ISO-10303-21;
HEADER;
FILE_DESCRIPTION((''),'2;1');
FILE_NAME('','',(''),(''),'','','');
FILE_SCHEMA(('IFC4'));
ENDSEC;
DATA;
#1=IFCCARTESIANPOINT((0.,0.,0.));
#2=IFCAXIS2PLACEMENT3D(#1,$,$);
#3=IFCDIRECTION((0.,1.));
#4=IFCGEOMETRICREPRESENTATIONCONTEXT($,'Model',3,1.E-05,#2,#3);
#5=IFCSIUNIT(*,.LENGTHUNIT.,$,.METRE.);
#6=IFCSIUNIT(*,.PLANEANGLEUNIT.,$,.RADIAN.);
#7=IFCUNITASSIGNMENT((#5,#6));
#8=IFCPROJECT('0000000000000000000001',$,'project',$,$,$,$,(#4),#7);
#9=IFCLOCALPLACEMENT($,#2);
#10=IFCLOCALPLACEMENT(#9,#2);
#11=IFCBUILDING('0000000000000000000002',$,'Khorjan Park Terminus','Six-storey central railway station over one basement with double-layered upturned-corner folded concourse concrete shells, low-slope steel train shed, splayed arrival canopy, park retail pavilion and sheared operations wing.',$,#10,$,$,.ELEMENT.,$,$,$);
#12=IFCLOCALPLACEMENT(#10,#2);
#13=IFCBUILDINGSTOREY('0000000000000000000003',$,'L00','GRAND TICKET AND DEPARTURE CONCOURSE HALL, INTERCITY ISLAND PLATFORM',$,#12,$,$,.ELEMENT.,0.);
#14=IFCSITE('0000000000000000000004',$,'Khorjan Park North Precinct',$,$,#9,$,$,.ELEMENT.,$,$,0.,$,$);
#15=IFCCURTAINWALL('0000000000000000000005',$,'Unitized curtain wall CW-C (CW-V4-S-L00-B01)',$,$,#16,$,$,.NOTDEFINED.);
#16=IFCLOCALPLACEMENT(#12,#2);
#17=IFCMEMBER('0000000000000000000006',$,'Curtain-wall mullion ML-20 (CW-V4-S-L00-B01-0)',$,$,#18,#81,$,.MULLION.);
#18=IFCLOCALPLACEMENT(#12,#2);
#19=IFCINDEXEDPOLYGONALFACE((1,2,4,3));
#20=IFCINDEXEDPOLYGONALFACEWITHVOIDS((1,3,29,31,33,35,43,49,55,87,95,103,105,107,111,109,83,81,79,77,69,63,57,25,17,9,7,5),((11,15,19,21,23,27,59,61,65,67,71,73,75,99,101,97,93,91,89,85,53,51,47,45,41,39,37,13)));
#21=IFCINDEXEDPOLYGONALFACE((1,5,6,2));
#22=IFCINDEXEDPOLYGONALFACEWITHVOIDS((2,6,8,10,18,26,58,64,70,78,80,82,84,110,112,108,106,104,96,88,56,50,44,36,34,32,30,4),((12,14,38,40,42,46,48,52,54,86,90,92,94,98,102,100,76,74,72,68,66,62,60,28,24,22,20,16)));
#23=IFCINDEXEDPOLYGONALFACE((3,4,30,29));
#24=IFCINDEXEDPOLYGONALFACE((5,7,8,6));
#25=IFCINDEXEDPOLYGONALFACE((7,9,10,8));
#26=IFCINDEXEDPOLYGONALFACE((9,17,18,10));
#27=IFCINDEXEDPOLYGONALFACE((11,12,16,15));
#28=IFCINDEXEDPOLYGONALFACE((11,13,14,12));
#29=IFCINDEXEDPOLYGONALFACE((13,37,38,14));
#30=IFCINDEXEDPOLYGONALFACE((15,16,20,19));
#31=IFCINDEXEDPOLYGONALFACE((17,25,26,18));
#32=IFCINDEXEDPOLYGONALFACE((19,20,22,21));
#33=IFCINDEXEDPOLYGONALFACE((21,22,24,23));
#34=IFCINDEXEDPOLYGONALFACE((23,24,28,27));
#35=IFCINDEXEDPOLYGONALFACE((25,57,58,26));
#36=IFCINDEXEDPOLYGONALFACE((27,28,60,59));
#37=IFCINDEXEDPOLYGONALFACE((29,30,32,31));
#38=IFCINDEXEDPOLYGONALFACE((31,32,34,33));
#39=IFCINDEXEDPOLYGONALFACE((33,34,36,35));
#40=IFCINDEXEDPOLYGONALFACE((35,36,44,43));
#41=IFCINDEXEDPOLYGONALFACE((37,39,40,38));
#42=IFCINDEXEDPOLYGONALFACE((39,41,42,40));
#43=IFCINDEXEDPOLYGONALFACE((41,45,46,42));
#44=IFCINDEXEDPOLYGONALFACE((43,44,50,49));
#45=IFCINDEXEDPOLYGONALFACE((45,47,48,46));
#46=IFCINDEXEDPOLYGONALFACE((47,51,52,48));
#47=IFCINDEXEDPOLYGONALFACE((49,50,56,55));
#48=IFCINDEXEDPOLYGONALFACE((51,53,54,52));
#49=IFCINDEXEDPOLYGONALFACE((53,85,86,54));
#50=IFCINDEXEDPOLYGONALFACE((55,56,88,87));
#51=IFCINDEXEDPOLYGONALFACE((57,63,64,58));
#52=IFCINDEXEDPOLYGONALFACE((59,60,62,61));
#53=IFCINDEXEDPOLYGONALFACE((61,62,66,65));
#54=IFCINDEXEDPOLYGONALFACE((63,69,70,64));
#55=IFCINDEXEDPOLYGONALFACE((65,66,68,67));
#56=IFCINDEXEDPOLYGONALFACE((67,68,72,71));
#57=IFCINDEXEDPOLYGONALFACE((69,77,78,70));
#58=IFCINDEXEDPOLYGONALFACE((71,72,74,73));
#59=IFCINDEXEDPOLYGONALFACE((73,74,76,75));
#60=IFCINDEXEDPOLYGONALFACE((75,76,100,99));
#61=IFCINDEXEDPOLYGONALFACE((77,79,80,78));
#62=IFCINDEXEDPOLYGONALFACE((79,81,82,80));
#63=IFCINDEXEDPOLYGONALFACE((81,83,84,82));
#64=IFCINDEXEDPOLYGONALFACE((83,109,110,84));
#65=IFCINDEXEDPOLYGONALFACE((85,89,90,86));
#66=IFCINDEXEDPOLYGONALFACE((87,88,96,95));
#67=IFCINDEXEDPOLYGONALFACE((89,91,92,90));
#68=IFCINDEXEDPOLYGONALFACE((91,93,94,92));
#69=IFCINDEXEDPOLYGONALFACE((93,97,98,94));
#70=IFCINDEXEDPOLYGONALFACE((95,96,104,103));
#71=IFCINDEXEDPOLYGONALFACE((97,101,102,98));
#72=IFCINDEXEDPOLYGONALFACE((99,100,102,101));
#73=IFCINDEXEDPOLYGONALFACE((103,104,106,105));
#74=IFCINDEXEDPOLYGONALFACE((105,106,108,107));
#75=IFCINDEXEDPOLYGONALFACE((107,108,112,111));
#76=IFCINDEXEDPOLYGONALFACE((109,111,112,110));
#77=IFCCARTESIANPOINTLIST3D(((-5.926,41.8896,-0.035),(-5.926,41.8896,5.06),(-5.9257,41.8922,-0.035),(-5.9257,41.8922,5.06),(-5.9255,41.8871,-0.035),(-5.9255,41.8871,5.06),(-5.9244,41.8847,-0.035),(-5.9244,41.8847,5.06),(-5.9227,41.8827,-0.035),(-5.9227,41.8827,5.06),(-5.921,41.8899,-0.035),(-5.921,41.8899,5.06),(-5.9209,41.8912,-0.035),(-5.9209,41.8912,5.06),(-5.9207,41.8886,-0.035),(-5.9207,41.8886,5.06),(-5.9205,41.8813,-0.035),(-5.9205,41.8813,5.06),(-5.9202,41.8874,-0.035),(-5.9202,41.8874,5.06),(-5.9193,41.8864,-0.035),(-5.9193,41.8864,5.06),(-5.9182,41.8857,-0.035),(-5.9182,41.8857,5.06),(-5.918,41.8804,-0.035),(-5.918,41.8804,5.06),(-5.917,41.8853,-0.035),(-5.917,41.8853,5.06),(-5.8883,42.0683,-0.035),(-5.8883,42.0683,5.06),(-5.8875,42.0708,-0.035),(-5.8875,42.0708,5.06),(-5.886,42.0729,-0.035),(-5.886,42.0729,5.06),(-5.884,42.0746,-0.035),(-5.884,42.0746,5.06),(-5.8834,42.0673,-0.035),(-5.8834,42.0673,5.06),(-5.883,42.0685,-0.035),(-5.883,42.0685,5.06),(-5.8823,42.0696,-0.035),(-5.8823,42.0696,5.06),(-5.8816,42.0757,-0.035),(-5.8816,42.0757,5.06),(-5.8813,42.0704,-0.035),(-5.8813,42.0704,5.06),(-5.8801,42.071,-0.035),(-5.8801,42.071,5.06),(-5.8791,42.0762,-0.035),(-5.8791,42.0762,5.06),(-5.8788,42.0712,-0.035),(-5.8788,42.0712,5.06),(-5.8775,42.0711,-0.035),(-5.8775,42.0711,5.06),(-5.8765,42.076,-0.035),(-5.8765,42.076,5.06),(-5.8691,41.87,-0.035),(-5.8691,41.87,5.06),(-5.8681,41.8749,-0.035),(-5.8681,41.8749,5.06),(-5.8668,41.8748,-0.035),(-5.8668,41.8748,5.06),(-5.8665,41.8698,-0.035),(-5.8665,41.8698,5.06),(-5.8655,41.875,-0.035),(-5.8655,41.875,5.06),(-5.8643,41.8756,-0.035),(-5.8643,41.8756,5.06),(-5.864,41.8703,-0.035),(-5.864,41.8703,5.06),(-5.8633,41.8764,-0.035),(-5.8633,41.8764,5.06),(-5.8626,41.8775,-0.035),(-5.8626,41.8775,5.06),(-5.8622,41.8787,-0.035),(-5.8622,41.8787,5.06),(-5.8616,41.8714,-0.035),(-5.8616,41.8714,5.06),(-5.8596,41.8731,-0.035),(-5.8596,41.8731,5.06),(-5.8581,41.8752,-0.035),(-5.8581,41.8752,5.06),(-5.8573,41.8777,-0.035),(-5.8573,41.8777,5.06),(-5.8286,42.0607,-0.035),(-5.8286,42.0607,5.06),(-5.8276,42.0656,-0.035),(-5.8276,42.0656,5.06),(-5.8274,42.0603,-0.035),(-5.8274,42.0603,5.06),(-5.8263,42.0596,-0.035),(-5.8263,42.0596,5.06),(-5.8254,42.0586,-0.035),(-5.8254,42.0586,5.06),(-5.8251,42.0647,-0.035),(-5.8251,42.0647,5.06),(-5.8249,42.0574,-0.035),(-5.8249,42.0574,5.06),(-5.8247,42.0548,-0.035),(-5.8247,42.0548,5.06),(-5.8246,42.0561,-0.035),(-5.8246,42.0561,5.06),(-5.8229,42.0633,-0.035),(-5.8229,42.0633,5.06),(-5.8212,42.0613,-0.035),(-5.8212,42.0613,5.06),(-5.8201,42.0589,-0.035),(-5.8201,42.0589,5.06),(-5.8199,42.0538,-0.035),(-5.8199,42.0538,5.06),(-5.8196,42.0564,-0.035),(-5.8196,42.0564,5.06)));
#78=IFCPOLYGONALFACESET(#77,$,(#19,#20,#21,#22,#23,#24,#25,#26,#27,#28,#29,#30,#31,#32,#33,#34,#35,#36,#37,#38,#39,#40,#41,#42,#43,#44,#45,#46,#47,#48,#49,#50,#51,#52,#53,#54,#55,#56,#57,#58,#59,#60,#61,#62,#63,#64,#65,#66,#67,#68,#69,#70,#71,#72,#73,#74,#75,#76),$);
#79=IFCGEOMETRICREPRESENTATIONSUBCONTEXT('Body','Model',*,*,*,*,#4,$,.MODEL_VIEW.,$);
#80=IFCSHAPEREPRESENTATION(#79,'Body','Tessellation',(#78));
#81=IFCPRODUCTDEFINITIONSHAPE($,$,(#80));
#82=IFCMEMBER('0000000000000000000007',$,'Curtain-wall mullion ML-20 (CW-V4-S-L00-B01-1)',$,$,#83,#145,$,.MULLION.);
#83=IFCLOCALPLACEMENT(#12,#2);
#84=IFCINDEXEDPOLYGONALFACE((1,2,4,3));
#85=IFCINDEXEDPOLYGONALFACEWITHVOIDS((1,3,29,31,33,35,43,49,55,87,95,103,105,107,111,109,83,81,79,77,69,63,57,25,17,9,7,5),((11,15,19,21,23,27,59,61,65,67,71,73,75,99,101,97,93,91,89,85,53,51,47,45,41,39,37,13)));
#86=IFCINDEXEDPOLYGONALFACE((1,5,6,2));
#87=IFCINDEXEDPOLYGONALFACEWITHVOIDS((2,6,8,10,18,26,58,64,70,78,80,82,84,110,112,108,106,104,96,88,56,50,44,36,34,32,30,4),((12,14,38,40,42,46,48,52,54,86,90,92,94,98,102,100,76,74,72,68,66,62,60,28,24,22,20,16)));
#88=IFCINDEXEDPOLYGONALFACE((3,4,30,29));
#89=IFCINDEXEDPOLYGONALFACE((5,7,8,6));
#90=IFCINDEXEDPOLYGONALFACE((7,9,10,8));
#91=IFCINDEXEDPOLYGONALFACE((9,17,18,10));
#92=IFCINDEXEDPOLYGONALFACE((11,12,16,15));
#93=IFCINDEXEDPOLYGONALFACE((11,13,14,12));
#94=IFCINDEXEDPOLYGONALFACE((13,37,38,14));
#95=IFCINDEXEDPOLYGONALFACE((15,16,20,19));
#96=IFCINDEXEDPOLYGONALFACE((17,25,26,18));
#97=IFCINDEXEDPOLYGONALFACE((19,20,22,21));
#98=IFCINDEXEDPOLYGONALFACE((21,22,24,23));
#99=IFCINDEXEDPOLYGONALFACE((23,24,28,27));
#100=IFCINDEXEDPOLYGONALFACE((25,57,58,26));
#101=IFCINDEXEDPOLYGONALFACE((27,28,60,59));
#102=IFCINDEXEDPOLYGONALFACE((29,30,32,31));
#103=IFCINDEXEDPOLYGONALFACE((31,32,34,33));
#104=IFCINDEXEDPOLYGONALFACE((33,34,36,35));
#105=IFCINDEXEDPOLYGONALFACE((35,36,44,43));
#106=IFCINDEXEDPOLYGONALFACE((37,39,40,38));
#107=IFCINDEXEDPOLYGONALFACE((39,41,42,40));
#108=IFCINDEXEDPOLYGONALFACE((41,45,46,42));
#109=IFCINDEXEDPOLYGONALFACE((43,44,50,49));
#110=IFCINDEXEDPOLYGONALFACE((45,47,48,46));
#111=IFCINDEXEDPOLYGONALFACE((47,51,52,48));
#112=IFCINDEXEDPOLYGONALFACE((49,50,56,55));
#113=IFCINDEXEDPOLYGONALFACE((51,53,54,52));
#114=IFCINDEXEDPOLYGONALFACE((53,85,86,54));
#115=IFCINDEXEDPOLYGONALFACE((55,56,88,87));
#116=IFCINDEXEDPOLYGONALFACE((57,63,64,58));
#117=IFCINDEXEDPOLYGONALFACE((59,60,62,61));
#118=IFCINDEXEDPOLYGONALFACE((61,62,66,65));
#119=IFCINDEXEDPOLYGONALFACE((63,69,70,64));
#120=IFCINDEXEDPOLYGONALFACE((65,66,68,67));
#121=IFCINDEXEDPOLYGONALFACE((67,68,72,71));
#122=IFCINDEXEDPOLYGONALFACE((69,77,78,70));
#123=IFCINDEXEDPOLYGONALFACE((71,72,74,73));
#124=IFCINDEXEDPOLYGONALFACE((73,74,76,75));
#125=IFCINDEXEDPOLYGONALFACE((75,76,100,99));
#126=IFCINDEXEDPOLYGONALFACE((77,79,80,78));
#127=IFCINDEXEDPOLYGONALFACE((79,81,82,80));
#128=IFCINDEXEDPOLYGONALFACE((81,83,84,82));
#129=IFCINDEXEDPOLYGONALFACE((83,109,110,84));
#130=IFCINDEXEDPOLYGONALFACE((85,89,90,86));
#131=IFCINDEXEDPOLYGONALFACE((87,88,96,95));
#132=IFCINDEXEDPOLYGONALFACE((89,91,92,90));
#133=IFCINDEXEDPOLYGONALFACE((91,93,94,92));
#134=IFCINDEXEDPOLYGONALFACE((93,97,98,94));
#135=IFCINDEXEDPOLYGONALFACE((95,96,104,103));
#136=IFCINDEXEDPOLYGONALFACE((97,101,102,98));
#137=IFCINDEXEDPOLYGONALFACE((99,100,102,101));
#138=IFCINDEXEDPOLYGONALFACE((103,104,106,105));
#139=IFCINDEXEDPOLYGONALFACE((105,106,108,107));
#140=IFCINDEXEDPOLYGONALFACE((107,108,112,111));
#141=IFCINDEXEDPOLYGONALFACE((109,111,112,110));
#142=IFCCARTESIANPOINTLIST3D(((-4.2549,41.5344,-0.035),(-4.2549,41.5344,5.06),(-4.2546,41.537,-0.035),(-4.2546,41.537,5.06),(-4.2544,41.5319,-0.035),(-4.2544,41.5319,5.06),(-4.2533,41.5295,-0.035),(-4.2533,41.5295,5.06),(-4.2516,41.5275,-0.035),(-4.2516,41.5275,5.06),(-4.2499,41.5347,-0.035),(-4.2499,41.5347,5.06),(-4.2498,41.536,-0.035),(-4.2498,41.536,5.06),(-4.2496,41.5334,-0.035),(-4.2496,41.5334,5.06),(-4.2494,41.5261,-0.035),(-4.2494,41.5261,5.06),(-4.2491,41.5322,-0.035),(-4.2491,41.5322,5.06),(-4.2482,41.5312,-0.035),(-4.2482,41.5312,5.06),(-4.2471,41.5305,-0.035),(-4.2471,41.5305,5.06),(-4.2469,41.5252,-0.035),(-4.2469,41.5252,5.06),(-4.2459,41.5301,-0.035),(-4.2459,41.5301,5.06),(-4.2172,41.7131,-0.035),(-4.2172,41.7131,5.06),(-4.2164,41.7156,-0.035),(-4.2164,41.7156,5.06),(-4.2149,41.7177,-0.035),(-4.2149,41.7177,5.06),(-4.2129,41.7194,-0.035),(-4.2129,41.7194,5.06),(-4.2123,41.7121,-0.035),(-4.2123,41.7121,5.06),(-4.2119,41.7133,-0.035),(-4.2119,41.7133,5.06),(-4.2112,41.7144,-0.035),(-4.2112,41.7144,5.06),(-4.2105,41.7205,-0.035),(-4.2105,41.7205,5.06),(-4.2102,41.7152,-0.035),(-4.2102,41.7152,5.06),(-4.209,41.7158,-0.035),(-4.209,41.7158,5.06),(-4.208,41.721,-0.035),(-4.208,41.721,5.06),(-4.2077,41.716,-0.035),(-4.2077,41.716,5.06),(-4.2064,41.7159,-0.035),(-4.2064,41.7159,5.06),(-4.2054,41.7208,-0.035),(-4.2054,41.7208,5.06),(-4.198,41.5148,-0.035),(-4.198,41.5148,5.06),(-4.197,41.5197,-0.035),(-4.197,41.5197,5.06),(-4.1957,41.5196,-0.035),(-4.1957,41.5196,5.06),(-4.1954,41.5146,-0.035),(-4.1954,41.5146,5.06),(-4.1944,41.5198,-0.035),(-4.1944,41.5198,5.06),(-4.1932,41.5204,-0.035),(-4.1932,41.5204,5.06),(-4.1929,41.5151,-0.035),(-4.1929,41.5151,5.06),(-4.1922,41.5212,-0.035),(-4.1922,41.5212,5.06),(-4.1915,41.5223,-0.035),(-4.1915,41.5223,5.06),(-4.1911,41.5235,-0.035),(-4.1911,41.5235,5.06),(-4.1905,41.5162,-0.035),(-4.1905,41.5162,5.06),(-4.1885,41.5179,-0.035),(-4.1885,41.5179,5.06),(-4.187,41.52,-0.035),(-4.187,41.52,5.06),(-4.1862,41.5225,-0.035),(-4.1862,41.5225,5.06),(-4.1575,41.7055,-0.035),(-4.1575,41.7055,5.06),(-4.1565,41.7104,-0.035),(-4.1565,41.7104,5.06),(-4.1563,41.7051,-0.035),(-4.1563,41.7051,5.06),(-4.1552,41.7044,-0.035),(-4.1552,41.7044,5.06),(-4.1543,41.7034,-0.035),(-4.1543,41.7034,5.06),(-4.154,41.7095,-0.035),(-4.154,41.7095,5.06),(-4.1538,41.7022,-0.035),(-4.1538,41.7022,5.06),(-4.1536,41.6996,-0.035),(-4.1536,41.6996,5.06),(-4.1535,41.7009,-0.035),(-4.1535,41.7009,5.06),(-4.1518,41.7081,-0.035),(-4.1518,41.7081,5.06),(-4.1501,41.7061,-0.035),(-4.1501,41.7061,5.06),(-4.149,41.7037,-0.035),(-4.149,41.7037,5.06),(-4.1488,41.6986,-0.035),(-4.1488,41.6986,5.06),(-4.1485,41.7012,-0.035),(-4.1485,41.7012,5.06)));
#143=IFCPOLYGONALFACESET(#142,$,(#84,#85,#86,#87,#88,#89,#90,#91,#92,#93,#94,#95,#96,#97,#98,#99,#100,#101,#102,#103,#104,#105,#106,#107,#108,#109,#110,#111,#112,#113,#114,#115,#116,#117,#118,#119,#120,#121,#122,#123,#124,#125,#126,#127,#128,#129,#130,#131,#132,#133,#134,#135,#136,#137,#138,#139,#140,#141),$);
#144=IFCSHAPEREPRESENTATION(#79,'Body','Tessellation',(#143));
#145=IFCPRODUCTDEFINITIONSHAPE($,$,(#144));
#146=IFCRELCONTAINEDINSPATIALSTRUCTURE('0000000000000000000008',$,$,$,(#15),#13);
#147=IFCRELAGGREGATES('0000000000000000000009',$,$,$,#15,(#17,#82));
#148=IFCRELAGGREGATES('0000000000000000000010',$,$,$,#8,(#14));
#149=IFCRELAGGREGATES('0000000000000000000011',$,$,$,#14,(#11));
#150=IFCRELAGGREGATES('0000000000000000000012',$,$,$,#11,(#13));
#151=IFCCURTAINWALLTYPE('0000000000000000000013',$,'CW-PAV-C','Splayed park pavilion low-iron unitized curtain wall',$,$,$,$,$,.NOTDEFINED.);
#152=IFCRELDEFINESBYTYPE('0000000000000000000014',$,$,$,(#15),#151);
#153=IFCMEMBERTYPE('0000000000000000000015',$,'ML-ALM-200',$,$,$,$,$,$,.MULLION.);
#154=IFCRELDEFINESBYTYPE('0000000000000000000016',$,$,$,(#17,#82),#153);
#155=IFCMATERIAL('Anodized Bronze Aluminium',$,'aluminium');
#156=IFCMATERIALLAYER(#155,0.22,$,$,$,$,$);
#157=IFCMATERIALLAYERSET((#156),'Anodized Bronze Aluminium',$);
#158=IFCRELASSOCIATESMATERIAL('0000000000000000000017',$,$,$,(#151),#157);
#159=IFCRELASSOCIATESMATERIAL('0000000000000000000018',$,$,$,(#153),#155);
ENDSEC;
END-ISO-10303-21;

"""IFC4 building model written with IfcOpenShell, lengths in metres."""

from ifc_helpers import new_model, si_unit, direction, frame, origin, origin_2d, place, context, subcontext, project, spatial, hollow_rectangle, extrude, material, layer, layer_set, material_profile, profile_set, type_object, element, aggregate, save


model = new_model("IFC4")

# Units and contexts
model_context = context("Model", 3, precision=1e-05, world=origin(), true_north=direction((0.0, 1.0)))
body_context = subcontext(model_context, "Body", "Model", "MODEL_VIEW")
ifc_project = project(units=[si_unit("LENGTHUNIT", "METRE"), si_unit("PLANEANGLEUNIT", "RADIAN")], contexts=[model_context])

# Site, building, storey
site_placement = place(None, origin())
site = spatial("IfcSite", under=ifc_project, at=site_placement, Name="Khorjan Park North Precinct", CompositionType="ELEMENT", RefElevation=0.0)
building_placement = place(site_placement, origin())
building = spatial("IfcBuilding", under=site, at=building_placement, Name="Khorjan Park Terminus", Description="Six-storey central railway station over one basement with double-layered upturned-corner folded concourse concrete shells, low-slope steel train shed, splayed arrival canopy, park retail pavilion and sheared operations wing.", CompositionType="ELEMENT")
storey_placement = place(building_placement, origin())
storey = spatial("IfcBuildingStorey", under=building, at=storey_placement, Name="L00", Description="GRAND TICKET AND DEPARTURE CONCOURSE HALL, INTERCITY ISLAND PLATFORM", CompositionType="ELEMENT", Elevation=0.0)

# Curtain wall, members
ifc_material_1 = material(Name="Anodized Bronze Aluminium", Category="aluminium")
ifc_layer_1 = layer(ifc_material_1, 0.22)
ifc_layer_set_1 = layer_set([ifc_layer_1], Name="Anodized Bronze Aluminium")
curtain_wall_type = type_object("IfcCurtainWallType", Name="CW-PAV-C", Description="Splayed park pavilion low-iron unitized curtain wall", PredefinedType="NOTDEFINED", material=ifc_layer_set_1)
curtain_wall_placement = place(storey_placement, origin())
curtain_wall = element("IfcCurtainWall", 1, at=curtain_wall_placement, inside=storey, type_object=curtain_wall_type, Name="Unitized curtain wall CW-C (CW-V4-S-L00-B01)", PredefinedType="NOTDEFINED")
ifc_material_profile_1 = material_profile(ifc_material_1, hollow_rectangle(XDim=0.07, YDim=0.2, WallThickness=0.005, InnerFilletRadius=0.005, OuterFilletRadius=0.01, at=origin_2d()), Name="ALM 70x200x5")
ifc_profile_set_1 = profile_set([ifc_material_profile_1], Name="Anodized Bronze Aluminium")
member_type_1 = type_object("IfcMemberType", Name="ML-ALM-200", PredefinedType="MULLION", material=ifc_profile_set_1)
member_1_placement = place(storey_placement, frame((-5.8728, 41.973, -0.035), z_axis=(0.0, 0.0, 1.0), x_axis=(0.978147, -0.207914, 0.0)))
member_1 = element("IfcMember", 2, at=member_1_placement, type_object=member_type_1, Name="Curtain-wall mullion ML-20 (CW-V4-S-L00-B01-0)", PredefinedType="MULLION", context=body_context, shape_type="SweptSolid", body=[
    extrude(hollow_rectangle(XDim=0.07, YDim=0.2, WallThickness=0.005, InnerFilletRadius=0.005, OuterFilletRadius=0.01, at=origin_2d()), origin(), (0.0, 0.0, 1.0), 5.095),
])
member_2_placement = place(storey_placement, frame((-4.2017, 41.6178, -0.035), z_axis=(0.0, 0.0, 1.0), x_axis=(0.978147, -0.207914, 0.0)))
member_2 = element("IfcMember", 3, at=member_2_placement, type_object=member_type_1, Name="Curtain-wall mullion ML-20 (CW-V4-S-L00-B01-1)", PredefinedType="MULLION", context=body_context, shape_type="SweptSolid", body=[
    extrude(hollow_rectangle(XDim=0.07, YDim=0.2, WallThickness=0.005, InnerFilletRadius=0.005, OuterFilletRadius=0.01, at=origin_2d()), origin(), (0.0, 0.0, 1.0), 5.095),
])
aggregate(curtain_wall, [member_1, member_2])

save(model, "model.ifc")
